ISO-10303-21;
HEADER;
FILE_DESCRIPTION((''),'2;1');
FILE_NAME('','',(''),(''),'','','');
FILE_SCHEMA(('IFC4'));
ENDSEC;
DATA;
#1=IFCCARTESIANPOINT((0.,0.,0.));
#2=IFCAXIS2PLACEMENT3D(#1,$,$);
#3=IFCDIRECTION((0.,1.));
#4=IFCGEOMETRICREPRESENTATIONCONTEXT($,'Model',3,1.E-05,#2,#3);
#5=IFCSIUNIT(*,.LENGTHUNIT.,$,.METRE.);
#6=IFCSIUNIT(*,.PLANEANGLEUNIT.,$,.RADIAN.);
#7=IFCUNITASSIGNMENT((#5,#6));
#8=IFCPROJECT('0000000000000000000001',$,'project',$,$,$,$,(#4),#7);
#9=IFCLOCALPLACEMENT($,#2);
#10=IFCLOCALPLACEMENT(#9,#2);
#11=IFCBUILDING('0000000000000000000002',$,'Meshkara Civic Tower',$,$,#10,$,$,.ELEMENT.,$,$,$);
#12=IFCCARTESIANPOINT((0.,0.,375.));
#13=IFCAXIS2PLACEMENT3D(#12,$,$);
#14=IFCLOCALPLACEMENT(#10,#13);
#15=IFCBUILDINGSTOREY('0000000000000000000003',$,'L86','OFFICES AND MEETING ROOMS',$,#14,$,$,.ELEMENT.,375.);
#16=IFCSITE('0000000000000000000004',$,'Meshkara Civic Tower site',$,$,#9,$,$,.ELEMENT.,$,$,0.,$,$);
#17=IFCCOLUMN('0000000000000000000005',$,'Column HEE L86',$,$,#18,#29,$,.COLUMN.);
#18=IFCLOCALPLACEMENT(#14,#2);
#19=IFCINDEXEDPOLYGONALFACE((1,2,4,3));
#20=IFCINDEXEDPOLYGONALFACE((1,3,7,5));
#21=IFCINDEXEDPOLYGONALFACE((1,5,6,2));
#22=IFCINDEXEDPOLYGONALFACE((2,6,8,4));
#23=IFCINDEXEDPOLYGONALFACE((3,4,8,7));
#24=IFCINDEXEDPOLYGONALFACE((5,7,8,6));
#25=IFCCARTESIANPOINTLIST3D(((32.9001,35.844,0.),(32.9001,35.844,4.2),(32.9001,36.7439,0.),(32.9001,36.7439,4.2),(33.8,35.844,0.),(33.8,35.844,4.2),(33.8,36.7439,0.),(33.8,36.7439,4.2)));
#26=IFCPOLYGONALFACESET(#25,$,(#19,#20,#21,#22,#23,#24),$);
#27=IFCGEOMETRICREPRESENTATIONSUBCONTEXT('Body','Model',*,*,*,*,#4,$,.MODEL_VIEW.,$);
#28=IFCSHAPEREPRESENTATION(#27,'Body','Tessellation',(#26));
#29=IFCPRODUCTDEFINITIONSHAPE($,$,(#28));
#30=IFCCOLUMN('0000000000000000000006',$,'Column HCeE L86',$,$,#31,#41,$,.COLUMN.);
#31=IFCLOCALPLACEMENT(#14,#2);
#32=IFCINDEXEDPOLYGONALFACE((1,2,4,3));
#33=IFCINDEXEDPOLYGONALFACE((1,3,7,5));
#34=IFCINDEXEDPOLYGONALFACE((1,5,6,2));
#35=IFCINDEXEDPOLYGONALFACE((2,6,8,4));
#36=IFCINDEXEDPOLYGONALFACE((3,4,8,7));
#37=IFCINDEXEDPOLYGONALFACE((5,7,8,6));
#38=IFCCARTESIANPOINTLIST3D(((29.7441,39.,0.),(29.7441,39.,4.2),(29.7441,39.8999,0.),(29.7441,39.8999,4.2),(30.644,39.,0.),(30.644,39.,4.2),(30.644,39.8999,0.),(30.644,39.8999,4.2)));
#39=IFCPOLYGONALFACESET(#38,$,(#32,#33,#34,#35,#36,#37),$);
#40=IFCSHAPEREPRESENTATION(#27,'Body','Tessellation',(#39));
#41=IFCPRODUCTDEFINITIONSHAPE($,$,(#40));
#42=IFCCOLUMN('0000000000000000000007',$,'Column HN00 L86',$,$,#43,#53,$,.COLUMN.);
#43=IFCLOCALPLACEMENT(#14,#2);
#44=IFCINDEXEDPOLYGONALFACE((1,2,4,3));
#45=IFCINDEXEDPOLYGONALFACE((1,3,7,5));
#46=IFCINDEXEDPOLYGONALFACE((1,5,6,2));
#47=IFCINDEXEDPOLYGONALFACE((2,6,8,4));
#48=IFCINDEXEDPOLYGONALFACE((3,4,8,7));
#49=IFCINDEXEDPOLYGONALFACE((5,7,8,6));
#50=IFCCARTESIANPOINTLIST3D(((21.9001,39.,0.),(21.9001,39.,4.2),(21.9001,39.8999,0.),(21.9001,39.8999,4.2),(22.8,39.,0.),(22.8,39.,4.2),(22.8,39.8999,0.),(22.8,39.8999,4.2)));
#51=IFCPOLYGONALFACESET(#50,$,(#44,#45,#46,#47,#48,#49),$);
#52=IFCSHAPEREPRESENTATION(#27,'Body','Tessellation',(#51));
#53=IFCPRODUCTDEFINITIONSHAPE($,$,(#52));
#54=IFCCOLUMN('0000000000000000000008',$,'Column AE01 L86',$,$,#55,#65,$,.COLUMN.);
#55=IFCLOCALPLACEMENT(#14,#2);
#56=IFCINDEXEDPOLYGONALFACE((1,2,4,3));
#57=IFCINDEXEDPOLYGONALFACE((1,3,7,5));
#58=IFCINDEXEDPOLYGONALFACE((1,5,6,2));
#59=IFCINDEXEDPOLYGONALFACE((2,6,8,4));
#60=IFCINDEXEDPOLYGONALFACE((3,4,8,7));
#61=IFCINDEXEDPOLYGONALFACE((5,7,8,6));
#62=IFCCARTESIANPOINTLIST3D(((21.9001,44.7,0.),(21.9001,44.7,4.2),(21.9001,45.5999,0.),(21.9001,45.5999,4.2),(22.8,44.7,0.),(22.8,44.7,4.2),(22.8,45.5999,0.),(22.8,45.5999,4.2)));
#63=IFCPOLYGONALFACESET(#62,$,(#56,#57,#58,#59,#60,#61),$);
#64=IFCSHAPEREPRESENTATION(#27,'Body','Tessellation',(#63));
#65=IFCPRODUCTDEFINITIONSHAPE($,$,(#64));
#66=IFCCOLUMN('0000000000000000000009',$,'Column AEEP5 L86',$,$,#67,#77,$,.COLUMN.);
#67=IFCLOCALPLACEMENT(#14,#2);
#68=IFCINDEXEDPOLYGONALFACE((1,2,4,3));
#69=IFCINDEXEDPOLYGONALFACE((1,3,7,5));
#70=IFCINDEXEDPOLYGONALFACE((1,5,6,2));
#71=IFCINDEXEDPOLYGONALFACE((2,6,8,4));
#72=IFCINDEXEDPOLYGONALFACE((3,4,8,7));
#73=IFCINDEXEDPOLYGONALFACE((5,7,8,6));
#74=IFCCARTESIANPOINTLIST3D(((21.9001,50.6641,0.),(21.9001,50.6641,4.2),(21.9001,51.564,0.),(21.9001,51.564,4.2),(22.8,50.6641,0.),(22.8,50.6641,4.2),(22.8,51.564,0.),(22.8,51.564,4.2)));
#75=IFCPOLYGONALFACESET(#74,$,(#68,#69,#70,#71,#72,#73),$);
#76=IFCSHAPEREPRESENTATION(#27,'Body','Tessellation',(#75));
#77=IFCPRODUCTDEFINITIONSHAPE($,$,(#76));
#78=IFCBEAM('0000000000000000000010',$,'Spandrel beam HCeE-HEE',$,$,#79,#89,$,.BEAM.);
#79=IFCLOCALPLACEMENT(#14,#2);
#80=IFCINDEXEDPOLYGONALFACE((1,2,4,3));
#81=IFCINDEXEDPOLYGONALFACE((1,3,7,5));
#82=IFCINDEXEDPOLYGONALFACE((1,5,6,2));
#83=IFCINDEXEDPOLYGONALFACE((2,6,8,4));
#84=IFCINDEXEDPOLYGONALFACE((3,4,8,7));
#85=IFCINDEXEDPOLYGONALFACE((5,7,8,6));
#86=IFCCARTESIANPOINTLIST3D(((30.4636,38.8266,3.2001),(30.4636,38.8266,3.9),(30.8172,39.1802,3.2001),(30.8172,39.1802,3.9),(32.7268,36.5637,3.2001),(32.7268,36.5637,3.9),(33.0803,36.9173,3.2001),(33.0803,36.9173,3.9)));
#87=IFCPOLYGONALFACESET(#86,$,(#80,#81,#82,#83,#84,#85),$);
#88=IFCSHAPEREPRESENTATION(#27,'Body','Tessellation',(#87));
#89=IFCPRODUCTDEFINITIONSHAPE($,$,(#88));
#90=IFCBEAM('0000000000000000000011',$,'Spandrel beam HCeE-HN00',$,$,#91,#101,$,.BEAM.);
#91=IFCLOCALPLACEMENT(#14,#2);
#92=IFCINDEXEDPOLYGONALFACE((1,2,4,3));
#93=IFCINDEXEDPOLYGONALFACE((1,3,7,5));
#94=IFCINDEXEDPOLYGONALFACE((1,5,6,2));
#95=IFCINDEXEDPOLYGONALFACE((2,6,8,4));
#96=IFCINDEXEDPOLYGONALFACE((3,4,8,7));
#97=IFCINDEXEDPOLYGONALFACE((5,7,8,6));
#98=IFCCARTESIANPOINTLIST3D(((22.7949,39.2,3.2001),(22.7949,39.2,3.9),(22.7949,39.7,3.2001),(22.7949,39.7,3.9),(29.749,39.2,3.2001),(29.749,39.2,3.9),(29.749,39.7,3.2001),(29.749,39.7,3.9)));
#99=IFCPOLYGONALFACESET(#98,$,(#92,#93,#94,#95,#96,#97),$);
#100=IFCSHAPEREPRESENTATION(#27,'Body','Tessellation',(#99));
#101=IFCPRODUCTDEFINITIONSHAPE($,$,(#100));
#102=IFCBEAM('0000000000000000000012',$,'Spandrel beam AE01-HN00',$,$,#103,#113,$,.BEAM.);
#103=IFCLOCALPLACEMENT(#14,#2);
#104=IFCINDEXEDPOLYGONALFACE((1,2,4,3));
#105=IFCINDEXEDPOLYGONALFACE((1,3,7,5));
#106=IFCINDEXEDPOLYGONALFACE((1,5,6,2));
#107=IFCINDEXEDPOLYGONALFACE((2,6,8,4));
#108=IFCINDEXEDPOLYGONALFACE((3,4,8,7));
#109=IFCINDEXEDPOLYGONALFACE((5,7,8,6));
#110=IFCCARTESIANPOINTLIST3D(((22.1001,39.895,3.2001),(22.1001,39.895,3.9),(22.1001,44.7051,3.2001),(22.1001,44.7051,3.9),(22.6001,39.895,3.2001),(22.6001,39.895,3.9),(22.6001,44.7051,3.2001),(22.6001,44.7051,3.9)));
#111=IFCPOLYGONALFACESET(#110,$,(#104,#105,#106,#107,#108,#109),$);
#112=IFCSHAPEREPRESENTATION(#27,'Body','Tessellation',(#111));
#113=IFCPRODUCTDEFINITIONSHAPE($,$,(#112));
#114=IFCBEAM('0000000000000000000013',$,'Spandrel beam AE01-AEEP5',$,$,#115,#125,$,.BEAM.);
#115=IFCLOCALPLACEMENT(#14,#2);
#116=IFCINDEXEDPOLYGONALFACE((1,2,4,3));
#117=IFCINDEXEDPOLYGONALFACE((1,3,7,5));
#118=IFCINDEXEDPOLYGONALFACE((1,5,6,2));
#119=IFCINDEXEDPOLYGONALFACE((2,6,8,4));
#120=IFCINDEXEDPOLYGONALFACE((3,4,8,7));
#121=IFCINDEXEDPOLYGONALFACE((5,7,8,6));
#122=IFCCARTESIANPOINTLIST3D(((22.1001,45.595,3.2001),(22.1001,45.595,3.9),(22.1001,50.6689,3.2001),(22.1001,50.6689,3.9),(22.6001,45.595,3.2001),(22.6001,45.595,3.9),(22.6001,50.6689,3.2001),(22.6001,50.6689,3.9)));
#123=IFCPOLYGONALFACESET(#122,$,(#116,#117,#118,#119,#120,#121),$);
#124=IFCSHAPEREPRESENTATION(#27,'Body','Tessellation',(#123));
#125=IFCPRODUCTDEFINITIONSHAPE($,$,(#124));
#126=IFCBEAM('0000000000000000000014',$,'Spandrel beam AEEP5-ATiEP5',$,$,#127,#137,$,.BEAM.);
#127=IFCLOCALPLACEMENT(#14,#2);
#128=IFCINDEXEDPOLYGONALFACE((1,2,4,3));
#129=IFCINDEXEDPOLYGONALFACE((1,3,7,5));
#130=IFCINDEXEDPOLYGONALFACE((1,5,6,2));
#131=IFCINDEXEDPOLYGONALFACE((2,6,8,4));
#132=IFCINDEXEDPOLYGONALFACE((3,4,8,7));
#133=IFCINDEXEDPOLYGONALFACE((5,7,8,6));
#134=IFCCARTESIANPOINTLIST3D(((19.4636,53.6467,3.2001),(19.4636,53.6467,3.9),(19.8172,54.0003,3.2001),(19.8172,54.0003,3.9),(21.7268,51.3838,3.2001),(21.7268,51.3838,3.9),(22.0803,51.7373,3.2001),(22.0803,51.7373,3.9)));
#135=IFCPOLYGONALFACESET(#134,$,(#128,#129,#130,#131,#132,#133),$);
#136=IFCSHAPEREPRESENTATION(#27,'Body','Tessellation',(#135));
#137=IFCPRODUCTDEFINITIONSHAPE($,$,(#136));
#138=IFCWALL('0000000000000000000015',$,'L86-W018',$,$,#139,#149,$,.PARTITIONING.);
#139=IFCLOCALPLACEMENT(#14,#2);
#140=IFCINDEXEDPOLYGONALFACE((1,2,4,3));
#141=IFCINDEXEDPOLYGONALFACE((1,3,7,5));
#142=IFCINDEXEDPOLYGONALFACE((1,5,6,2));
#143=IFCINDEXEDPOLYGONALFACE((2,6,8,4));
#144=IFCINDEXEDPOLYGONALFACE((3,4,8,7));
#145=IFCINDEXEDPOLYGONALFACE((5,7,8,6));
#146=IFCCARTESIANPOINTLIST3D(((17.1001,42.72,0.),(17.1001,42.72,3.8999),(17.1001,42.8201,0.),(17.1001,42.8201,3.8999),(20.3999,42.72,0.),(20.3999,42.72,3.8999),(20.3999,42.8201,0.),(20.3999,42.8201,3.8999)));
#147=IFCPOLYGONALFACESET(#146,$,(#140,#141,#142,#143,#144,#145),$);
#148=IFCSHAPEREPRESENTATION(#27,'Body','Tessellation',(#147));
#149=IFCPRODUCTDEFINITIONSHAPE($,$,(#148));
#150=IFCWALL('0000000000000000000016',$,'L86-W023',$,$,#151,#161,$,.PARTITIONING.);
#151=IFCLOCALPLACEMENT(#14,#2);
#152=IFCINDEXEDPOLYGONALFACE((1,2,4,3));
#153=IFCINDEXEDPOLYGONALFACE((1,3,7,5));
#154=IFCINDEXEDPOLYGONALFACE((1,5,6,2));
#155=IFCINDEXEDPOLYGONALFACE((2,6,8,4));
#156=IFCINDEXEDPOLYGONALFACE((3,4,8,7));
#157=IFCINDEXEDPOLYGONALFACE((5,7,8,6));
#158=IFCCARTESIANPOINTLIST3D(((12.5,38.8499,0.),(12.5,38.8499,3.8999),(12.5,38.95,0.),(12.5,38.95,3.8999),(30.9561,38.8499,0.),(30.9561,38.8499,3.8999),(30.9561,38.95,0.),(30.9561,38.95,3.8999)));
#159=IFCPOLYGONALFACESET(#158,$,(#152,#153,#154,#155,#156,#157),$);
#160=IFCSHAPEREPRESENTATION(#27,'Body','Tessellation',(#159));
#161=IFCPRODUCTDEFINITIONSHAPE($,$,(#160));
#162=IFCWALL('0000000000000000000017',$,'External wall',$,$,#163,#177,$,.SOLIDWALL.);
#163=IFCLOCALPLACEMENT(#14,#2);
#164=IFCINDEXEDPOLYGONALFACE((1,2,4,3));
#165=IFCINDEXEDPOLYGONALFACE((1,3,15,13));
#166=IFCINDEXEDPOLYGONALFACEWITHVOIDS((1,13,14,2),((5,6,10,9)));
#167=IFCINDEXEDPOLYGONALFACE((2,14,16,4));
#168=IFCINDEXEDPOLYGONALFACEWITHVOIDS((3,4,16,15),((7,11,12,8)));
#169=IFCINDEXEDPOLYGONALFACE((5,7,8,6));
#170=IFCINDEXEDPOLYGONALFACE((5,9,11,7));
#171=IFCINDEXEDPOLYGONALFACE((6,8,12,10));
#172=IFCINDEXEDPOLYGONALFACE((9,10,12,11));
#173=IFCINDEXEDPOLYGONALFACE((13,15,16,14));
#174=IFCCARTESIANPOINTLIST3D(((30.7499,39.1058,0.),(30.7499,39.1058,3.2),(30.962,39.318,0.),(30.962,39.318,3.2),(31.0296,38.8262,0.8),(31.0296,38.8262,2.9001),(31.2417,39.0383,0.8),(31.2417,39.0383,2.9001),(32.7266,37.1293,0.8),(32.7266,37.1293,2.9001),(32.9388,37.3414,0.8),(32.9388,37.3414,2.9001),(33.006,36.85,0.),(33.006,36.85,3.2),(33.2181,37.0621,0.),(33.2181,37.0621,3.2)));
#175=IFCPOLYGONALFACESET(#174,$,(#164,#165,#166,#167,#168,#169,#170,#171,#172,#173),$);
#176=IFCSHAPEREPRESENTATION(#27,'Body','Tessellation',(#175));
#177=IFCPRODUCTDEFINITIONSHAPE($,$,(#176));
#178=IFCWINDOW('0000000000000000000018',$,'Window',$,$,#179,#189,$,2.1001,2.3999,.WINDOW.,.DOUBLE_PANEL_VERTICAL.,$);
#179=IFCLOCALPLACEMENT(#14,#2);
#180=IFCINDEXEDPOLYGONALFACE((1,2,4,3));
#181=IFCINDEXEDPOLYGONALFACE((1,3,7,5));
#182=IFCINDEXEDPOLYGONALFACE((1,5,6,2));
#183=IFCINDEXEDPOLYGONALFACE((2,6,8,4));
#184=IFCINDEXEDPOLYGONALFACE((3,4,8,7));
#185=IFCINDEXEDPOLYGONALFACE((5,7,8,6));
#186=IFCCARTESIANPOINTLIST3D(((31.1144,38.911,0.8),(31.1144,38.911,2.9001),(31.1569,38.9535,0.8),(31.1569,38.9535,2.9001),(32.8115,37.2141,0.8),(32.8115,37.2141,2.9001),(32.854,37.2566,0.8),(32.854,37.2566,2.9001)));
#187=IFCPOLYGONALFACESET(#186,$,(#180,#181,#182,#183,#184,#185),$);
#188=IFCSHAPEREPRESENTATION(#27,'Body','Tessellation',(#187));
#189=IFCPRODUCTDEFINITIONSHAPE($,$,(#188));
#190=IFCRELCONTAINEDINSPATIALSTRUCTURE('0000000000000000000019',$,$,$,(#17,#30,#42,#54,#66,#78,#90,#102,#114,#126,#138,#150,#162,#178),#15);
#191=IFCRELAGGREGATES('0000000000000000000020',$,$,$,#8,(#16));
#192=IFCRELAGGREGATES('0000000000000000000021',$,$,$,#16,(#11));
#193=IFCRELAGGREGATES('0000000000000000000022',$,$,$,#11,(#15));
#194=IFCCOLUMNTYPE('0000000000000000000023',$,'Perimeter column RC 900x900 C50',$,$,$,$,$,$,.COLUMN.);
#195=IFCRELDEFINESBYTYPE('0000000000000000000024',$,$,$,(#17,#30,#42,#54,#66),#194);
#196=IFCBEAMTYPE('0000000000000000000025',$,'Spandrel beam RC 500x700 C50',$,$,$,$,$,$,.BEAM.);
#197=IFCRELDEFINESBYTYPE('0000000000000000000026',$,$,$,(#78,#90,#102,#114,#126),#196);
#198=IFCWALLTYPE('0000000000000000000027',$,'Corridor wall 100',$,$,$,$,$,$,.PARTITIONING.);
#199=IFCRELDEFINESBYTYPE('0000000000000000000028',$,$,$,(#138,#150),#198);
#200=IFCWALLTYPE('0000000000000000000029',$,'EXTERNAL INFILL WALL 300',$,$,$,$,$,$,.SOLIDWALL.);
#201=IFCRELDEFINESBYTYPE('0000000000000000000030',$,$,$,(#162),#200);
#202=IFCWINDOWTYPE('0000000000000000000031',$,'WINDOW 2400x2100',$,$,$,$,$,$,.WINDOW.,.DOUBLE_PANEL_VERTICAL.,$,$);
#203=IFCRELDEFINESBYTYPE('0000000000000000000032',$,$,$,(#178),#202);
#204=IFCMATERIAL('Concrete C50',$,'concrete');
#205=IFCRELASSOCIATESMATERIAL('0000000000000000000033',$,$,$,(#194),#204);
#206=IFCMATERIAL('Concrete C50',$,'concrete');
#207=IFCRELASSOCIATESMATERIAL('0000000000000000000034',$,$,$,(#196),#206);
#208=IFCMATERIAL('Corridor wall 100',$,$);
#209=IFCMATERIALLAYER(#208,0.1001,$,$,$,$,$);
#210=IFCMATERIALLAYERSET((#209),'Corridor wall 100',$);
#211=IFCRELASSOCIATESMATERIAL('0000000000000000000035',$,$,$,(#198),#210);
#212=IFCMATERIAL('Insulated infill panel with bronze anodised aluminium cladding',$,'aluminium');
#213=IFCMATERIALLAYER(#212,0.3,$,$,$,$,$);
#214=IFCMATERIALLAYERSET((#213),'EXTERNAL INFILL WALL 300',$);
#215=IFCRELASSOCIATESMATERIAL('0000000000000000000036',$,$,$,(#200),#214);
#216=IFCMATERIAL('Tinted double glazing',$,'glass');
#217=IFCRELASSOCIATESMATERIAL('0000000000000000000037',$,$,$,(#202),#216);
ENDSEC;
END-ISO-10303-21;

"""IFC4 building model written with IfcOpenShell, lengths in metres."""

from ifc_helpers import new_model, si_unit, direction, frame, frame_2d, origin, origin_2d, place, context, subcontext, project, spatial, rectangle, extrude, material, layer, layer_set, material_profile, profile_set, type_object, element, fill, save


model = new_model("IFC4")

# Units and contexts
model_context = context("Model", 3, precision=1e-05, world=origin(), true_north=direction((0.0, 1.0)))
body_context = subcontext(model_context, "Body", "Model", "MODEL_VIEW")
ifc_project = project(units=[si_unit("LENGTHUNIT", "METRE"), si_unit("PLANEANGLEUNIT", "RADIAN")], contexts=[model_context])

# Site, building, storey
site_placement = place(None, origin())
site = spatial("IfcSite", under=ifc_project, at=site_placement, Name="Meshkara Civic Tower site", CompositionType="ELEMENT", RefElevation=0.0)
building_placement = place(site_placement, origin())
building = spatial("IfcBuilding", under=site, at=building_placement, Name="Meshkara Civic Tower", CompositionType="ELEMENT")
storey_placement = place(building_placement, frame((0.0, 0.0, 375.0)))
storey = spatial("IfcBuildingStorey", under=building, at=storey_placement, Name="L86", Description="OFFICES AND MEETING ROOMS", CompositionType="ELEMENT", Elevation=375.0)

# Columns
ifc_material_1 = material(Name="Concrete C50", Category="concrete")
ifc_material_profile_1 = material_profile(ifc_material_1, rectangle(XDim=0.8999, YDim=0.8999, at=origin_2d()))
ifc_profile_set_1 = profile_set([ifc_material_profile_1], Name="Concrete C50")
column_type = type_object("IfcColumnType", Name="Perimeter column RC 900x900 C50", PredefinedType="COLUMN", material=ifc_profile_set_1)
for number, where, z_axis, x_axis, name in (
    (1, (33.3501, 36.2939, 0.0), (0.0, 0.0, 1.0), (1.0, 0.0, 0.0), "Column HEE L86"),
    (2, (30.1941, 39.45, 0.0), (0.0, 0.0, 1.0), (1.0, 0.0, 0.0), "Column HCeE L86"),
    (3, (22.3501, 39.45, 0.0), (0.0, 0.0, 1.0), (1.0, 0.0, 0.0), "Column HN00 L86"),
    (4, (22.3501, 45.1499, 0.0), (0.0, 0.0, 1.0), (1.0, 0.0, 0.0), "Column AE01 L86"),
    (5, (22.3501, 51.114, 0.0), (0.0, 0.0, 1.0), (1.0, 0.0, 0.0), "Column AEEP5 L86"),
):
    element("IfcColumn", number, at=place(storey_placement, frame(where, z_axis=z_axis, x_axis=x_axis)), inside=storey, type_object=column_type, Name=name, PredefinedType="COLUMN", context=body_context, shape_type="SweptSolid", body=[
        extrude(rectangle(XDim=0.8999, YDim=0.8999, at=origin_2d()), origin(), (0.0, 0.0, 1.0), 4.2),
    ])

# Beams
ifc_material_2 = material(Name="Concrete C50", Category="concrete")
ifc_material_profile_2 = material_profile(ifc_material_2, rectangle(XDim=0.5, YDim=0.7, at=origin_2d()))
ifc_profile_set_2 = profile_set([ifc_material_profile_2], Name="Concrete C50")
beam_type = type_object("IfcBeamType", Name="Spandrel beam RC 500x700 C50", PredefinedType="BEAM", material=ifc_profile_set_2)
beam_1_placement = place(storey_placement, frame((32.9036, 36.7405, 3.55), z_axis=(-0.707145, 0.707069, 0.0), x_axis=(-0.707069, -0.707145, 0.0)))
element("IfcBeam", 6, at=beam_1_placement, inside=storey, type_object=beam_type, Name="Spandrel beam HCeE-HEE", PredefinedType="BEAM", context=body_context, shape_type="SweptSolid", body=[
    extrude(rectangle(XDim=0.5, YDim=0.7, at=origin_2d()), origin(), (0.0, 0.0, 1.0), 3.2004),
])
beam_2_placement = place(storey_placement, frame((29.749, 39.45, 3.55), z_axis=(-1.0, 0.0, 0.0), x_axis=(0.0, -1.0, 0.0)))
element("IfcBeam", 7, at=beam_2_placement, inside=storey, type_object=beam_type, Name="Spandrel beam HCeE-HN00", PredefinedType="BEAM", context=body_context, shape_type="SweptSolid", body=[
    extrude(rectangle(XDim=0.5, YDim=0.7, at=origin_2d()), origin(), (0.0, 0.0, 1.0), 6.9541),
])
beam_3_placement = place(storey_placement, frame((22.3501, 39.895, 3.55), z_axis=(0.0, 1.0, 0.0), x_axis=(-1.0, 0.0, 0.0)))
element("IfcBeam", 8, at=beam_3_placement, inside=storey, type_object=beam_type, Name="Spandrel beam AE01-HN00", PredefinedType="BEAM", context=body_context, shape_type="SweptSolid", body=[
    extrude(rectangle(XDim=0.5, YDim=0.7, at=origin_2d()), origin(), (0.0, 0.0, 1.0), 4.8101),
])
beam_4_placement = place(storey_placement, frame((22.3501, 45.595, 3.55), z_axis=(0.0, 1.0, 0.0), x_axis=(-1.0, 0.0, 0.0)))
element("IfcBeam", 9, at=beam_4_placement, inside=storey, type_object=beam_type, Name="Spandrel beam AE01-AEEP5", PredefinedType="BEAM", context=body_context, shape_type="SweptSolid", body=[
    extrude(rectangle(XDim=0.5, YDim=0.7, at=origin_2d()), origin(), (0.0, 0.0, 1.0), 5.074),
])
beam_5_placement = place(storey_placement, frame((21.9036, 51.5605, 3.55), z_axis=(-0.707145, 0.707069, 0.0), x_axis=(-0.707069, -0.707145, 0.0)))
element("IfcBeam", 10, at=beam_5_placement, inside=storey, type_object=beam_type, Name="Spandrel beam AEEP5-ATiEP5", PredefinedType="BEAM", context=body_context, shape_type="SweptSolid", body=[
    extrude(rectangle(XDim=0.5, YDim=0.7, at=origin_2d()), origin(), (0.0, 0.0, 1.0), 3.2004),
])

# Walls
ifc_material_3 = material(Name="Corridor wall 100")
ifc_layer_1 = layer(ifc_material_3, 0.1001)
ifc_layer_set_1 = layer_set([ifc_layer_1], Name="Corridor wall 100")
wall_type_1 = type_object("IfcWallType", Name="Corridor wall 100", PredefinedType="PARTITIONING", material=ifc_layer_set_1)
wall_1_placement = place(storey_placement, frame((20.3999, 42.77, 0.0), z_axis=(0.0, 0.0, 1.0), x_axis=(-1.0, 0.0, 0.0)))
element("IfcWall", 11, at=wall_1_placement, inside=storey, type_object=wall_type_1, Name="L86-W018", PredefinedType="PARTITIONING", context=body_context, shape_type="SweptSolid", body=[
    extrude(rectangle(XDim=3.2998, YDim=0.1001, at=frame_2d((1.6499, 0.0))), origin(), (0.0, 0.0, 1.0), 3.8999),
])
wall_2_placement = place(storey_placement, frame((30.9561, 38.8999, 0.0), z_axis=(0.0, 0.0, 1.0), x_axis=(-1.0, 0.0, 0.0)))
element("IfcWall", 12, at=wall_2_placement, inside=storey, type_object=wall_type_1, Name="L86-W023", PredefinedType="PARTITIONING", context=body_context, shape_type="SweptSolid", body=[
    extrude(rectangle(XDim=18.4561, YDim=0.1001, at=frame_2d((9.228, 0.0))), origin(), (0.0, 0.0, 1.0), 3.8999),
])

# Wall, opening, window
ifc_material_4 = material(Name="Insulated infill panel with bronze anodised aluminium cladding", Category="aluminium")
ifc_layer_2 = layer(ifc_material_4, 0.3)
ifc_layer_set_2 = layer_set([ifc_layer_2], Name="EXTERNAL INFILL WALL 300")
wall_type_2 = type_object("IfcWallType", Name="EXTERNAL INFILL WALL 300", PredefinedType="SOLIDWALL", material=ifc_layer_set_2)
wall_3_placement = place(storey_placement, frame((33.1121, 36.9561, 0.0), z_axis=(0.0, 0.0, 1.0), x_axis=(-0.707145, 0.707069, 0.0)))
wall_3 = element("IfcWall", 13, at=wall_3_placement, inside=storey, type_object=wall_type_2, Name="External wall", PredefinedType="SOLIDWALL", context=body_context, shape_type="SweptSolid", body=[
    extrude(rectangle(XDim=3.1904, YDim=0.3, at=frame_2d((1.5952, 0.0))), origin(), (0.0, 0.0, 1.0), 3.2),
])
opening_1_placement = place(wall_3_placement, frame((0.395, 0.0, 0.8)))
opening_1 = element("IfcOpeningElement", 14, at=opening_1_placement, cuts=wall_3, PredefinedType="OPENING", context=body_context, shape_type="SweptSolid", body=[
    extrude(rectangle(XDim=2.3999, YDim=2.1001, at=frame_2d((1.2, 1.05))), frame((0.0, 0.1599, 0.0), z_axis=(0.0, -1.0, 0.0), x_axis=(1.0, 0.0, 0.0)), (0.0, 0.0, 1.0), 0.3201),
])
ifc_material_5 = material(Name="Tinted double glazing", Category="glass")
window_type = type_object("IfcWindowType", Name="WINDOW 2400x2100", PartitioningType="DOUBLE_PANEL_VERTICAL", PredefinedType="WINDOW", material=ifc_material_5)
window_1_placement = place(opening_1_placement, origin())
window_1 = element("IfcWindow", 15, at=window_1_placement, inside=storey, type_object=window_type, Name="Window", OverallHeight=2.1001, OverallWidth=2.3999, PartitioningType="DOUBLE_PANEL_VERTICAL", PredefinedType="WINDOW", context=body_context, shape_type="SweptSolid", body=[
    extrude(rectangle(XDim=2.3999, YDim=2.1001, at=frame_2d((1.2, 1.05))), frame((0.0, 0.03, 0.0), z_axis=(0.0, -1.0, 0.0), x_axis=(1.0, 0.0, 0.0)), (0.0, 0.0, 1.0), 0.0601),
])
fill(opening_1, window_1)

save(model, "model.ifc")
